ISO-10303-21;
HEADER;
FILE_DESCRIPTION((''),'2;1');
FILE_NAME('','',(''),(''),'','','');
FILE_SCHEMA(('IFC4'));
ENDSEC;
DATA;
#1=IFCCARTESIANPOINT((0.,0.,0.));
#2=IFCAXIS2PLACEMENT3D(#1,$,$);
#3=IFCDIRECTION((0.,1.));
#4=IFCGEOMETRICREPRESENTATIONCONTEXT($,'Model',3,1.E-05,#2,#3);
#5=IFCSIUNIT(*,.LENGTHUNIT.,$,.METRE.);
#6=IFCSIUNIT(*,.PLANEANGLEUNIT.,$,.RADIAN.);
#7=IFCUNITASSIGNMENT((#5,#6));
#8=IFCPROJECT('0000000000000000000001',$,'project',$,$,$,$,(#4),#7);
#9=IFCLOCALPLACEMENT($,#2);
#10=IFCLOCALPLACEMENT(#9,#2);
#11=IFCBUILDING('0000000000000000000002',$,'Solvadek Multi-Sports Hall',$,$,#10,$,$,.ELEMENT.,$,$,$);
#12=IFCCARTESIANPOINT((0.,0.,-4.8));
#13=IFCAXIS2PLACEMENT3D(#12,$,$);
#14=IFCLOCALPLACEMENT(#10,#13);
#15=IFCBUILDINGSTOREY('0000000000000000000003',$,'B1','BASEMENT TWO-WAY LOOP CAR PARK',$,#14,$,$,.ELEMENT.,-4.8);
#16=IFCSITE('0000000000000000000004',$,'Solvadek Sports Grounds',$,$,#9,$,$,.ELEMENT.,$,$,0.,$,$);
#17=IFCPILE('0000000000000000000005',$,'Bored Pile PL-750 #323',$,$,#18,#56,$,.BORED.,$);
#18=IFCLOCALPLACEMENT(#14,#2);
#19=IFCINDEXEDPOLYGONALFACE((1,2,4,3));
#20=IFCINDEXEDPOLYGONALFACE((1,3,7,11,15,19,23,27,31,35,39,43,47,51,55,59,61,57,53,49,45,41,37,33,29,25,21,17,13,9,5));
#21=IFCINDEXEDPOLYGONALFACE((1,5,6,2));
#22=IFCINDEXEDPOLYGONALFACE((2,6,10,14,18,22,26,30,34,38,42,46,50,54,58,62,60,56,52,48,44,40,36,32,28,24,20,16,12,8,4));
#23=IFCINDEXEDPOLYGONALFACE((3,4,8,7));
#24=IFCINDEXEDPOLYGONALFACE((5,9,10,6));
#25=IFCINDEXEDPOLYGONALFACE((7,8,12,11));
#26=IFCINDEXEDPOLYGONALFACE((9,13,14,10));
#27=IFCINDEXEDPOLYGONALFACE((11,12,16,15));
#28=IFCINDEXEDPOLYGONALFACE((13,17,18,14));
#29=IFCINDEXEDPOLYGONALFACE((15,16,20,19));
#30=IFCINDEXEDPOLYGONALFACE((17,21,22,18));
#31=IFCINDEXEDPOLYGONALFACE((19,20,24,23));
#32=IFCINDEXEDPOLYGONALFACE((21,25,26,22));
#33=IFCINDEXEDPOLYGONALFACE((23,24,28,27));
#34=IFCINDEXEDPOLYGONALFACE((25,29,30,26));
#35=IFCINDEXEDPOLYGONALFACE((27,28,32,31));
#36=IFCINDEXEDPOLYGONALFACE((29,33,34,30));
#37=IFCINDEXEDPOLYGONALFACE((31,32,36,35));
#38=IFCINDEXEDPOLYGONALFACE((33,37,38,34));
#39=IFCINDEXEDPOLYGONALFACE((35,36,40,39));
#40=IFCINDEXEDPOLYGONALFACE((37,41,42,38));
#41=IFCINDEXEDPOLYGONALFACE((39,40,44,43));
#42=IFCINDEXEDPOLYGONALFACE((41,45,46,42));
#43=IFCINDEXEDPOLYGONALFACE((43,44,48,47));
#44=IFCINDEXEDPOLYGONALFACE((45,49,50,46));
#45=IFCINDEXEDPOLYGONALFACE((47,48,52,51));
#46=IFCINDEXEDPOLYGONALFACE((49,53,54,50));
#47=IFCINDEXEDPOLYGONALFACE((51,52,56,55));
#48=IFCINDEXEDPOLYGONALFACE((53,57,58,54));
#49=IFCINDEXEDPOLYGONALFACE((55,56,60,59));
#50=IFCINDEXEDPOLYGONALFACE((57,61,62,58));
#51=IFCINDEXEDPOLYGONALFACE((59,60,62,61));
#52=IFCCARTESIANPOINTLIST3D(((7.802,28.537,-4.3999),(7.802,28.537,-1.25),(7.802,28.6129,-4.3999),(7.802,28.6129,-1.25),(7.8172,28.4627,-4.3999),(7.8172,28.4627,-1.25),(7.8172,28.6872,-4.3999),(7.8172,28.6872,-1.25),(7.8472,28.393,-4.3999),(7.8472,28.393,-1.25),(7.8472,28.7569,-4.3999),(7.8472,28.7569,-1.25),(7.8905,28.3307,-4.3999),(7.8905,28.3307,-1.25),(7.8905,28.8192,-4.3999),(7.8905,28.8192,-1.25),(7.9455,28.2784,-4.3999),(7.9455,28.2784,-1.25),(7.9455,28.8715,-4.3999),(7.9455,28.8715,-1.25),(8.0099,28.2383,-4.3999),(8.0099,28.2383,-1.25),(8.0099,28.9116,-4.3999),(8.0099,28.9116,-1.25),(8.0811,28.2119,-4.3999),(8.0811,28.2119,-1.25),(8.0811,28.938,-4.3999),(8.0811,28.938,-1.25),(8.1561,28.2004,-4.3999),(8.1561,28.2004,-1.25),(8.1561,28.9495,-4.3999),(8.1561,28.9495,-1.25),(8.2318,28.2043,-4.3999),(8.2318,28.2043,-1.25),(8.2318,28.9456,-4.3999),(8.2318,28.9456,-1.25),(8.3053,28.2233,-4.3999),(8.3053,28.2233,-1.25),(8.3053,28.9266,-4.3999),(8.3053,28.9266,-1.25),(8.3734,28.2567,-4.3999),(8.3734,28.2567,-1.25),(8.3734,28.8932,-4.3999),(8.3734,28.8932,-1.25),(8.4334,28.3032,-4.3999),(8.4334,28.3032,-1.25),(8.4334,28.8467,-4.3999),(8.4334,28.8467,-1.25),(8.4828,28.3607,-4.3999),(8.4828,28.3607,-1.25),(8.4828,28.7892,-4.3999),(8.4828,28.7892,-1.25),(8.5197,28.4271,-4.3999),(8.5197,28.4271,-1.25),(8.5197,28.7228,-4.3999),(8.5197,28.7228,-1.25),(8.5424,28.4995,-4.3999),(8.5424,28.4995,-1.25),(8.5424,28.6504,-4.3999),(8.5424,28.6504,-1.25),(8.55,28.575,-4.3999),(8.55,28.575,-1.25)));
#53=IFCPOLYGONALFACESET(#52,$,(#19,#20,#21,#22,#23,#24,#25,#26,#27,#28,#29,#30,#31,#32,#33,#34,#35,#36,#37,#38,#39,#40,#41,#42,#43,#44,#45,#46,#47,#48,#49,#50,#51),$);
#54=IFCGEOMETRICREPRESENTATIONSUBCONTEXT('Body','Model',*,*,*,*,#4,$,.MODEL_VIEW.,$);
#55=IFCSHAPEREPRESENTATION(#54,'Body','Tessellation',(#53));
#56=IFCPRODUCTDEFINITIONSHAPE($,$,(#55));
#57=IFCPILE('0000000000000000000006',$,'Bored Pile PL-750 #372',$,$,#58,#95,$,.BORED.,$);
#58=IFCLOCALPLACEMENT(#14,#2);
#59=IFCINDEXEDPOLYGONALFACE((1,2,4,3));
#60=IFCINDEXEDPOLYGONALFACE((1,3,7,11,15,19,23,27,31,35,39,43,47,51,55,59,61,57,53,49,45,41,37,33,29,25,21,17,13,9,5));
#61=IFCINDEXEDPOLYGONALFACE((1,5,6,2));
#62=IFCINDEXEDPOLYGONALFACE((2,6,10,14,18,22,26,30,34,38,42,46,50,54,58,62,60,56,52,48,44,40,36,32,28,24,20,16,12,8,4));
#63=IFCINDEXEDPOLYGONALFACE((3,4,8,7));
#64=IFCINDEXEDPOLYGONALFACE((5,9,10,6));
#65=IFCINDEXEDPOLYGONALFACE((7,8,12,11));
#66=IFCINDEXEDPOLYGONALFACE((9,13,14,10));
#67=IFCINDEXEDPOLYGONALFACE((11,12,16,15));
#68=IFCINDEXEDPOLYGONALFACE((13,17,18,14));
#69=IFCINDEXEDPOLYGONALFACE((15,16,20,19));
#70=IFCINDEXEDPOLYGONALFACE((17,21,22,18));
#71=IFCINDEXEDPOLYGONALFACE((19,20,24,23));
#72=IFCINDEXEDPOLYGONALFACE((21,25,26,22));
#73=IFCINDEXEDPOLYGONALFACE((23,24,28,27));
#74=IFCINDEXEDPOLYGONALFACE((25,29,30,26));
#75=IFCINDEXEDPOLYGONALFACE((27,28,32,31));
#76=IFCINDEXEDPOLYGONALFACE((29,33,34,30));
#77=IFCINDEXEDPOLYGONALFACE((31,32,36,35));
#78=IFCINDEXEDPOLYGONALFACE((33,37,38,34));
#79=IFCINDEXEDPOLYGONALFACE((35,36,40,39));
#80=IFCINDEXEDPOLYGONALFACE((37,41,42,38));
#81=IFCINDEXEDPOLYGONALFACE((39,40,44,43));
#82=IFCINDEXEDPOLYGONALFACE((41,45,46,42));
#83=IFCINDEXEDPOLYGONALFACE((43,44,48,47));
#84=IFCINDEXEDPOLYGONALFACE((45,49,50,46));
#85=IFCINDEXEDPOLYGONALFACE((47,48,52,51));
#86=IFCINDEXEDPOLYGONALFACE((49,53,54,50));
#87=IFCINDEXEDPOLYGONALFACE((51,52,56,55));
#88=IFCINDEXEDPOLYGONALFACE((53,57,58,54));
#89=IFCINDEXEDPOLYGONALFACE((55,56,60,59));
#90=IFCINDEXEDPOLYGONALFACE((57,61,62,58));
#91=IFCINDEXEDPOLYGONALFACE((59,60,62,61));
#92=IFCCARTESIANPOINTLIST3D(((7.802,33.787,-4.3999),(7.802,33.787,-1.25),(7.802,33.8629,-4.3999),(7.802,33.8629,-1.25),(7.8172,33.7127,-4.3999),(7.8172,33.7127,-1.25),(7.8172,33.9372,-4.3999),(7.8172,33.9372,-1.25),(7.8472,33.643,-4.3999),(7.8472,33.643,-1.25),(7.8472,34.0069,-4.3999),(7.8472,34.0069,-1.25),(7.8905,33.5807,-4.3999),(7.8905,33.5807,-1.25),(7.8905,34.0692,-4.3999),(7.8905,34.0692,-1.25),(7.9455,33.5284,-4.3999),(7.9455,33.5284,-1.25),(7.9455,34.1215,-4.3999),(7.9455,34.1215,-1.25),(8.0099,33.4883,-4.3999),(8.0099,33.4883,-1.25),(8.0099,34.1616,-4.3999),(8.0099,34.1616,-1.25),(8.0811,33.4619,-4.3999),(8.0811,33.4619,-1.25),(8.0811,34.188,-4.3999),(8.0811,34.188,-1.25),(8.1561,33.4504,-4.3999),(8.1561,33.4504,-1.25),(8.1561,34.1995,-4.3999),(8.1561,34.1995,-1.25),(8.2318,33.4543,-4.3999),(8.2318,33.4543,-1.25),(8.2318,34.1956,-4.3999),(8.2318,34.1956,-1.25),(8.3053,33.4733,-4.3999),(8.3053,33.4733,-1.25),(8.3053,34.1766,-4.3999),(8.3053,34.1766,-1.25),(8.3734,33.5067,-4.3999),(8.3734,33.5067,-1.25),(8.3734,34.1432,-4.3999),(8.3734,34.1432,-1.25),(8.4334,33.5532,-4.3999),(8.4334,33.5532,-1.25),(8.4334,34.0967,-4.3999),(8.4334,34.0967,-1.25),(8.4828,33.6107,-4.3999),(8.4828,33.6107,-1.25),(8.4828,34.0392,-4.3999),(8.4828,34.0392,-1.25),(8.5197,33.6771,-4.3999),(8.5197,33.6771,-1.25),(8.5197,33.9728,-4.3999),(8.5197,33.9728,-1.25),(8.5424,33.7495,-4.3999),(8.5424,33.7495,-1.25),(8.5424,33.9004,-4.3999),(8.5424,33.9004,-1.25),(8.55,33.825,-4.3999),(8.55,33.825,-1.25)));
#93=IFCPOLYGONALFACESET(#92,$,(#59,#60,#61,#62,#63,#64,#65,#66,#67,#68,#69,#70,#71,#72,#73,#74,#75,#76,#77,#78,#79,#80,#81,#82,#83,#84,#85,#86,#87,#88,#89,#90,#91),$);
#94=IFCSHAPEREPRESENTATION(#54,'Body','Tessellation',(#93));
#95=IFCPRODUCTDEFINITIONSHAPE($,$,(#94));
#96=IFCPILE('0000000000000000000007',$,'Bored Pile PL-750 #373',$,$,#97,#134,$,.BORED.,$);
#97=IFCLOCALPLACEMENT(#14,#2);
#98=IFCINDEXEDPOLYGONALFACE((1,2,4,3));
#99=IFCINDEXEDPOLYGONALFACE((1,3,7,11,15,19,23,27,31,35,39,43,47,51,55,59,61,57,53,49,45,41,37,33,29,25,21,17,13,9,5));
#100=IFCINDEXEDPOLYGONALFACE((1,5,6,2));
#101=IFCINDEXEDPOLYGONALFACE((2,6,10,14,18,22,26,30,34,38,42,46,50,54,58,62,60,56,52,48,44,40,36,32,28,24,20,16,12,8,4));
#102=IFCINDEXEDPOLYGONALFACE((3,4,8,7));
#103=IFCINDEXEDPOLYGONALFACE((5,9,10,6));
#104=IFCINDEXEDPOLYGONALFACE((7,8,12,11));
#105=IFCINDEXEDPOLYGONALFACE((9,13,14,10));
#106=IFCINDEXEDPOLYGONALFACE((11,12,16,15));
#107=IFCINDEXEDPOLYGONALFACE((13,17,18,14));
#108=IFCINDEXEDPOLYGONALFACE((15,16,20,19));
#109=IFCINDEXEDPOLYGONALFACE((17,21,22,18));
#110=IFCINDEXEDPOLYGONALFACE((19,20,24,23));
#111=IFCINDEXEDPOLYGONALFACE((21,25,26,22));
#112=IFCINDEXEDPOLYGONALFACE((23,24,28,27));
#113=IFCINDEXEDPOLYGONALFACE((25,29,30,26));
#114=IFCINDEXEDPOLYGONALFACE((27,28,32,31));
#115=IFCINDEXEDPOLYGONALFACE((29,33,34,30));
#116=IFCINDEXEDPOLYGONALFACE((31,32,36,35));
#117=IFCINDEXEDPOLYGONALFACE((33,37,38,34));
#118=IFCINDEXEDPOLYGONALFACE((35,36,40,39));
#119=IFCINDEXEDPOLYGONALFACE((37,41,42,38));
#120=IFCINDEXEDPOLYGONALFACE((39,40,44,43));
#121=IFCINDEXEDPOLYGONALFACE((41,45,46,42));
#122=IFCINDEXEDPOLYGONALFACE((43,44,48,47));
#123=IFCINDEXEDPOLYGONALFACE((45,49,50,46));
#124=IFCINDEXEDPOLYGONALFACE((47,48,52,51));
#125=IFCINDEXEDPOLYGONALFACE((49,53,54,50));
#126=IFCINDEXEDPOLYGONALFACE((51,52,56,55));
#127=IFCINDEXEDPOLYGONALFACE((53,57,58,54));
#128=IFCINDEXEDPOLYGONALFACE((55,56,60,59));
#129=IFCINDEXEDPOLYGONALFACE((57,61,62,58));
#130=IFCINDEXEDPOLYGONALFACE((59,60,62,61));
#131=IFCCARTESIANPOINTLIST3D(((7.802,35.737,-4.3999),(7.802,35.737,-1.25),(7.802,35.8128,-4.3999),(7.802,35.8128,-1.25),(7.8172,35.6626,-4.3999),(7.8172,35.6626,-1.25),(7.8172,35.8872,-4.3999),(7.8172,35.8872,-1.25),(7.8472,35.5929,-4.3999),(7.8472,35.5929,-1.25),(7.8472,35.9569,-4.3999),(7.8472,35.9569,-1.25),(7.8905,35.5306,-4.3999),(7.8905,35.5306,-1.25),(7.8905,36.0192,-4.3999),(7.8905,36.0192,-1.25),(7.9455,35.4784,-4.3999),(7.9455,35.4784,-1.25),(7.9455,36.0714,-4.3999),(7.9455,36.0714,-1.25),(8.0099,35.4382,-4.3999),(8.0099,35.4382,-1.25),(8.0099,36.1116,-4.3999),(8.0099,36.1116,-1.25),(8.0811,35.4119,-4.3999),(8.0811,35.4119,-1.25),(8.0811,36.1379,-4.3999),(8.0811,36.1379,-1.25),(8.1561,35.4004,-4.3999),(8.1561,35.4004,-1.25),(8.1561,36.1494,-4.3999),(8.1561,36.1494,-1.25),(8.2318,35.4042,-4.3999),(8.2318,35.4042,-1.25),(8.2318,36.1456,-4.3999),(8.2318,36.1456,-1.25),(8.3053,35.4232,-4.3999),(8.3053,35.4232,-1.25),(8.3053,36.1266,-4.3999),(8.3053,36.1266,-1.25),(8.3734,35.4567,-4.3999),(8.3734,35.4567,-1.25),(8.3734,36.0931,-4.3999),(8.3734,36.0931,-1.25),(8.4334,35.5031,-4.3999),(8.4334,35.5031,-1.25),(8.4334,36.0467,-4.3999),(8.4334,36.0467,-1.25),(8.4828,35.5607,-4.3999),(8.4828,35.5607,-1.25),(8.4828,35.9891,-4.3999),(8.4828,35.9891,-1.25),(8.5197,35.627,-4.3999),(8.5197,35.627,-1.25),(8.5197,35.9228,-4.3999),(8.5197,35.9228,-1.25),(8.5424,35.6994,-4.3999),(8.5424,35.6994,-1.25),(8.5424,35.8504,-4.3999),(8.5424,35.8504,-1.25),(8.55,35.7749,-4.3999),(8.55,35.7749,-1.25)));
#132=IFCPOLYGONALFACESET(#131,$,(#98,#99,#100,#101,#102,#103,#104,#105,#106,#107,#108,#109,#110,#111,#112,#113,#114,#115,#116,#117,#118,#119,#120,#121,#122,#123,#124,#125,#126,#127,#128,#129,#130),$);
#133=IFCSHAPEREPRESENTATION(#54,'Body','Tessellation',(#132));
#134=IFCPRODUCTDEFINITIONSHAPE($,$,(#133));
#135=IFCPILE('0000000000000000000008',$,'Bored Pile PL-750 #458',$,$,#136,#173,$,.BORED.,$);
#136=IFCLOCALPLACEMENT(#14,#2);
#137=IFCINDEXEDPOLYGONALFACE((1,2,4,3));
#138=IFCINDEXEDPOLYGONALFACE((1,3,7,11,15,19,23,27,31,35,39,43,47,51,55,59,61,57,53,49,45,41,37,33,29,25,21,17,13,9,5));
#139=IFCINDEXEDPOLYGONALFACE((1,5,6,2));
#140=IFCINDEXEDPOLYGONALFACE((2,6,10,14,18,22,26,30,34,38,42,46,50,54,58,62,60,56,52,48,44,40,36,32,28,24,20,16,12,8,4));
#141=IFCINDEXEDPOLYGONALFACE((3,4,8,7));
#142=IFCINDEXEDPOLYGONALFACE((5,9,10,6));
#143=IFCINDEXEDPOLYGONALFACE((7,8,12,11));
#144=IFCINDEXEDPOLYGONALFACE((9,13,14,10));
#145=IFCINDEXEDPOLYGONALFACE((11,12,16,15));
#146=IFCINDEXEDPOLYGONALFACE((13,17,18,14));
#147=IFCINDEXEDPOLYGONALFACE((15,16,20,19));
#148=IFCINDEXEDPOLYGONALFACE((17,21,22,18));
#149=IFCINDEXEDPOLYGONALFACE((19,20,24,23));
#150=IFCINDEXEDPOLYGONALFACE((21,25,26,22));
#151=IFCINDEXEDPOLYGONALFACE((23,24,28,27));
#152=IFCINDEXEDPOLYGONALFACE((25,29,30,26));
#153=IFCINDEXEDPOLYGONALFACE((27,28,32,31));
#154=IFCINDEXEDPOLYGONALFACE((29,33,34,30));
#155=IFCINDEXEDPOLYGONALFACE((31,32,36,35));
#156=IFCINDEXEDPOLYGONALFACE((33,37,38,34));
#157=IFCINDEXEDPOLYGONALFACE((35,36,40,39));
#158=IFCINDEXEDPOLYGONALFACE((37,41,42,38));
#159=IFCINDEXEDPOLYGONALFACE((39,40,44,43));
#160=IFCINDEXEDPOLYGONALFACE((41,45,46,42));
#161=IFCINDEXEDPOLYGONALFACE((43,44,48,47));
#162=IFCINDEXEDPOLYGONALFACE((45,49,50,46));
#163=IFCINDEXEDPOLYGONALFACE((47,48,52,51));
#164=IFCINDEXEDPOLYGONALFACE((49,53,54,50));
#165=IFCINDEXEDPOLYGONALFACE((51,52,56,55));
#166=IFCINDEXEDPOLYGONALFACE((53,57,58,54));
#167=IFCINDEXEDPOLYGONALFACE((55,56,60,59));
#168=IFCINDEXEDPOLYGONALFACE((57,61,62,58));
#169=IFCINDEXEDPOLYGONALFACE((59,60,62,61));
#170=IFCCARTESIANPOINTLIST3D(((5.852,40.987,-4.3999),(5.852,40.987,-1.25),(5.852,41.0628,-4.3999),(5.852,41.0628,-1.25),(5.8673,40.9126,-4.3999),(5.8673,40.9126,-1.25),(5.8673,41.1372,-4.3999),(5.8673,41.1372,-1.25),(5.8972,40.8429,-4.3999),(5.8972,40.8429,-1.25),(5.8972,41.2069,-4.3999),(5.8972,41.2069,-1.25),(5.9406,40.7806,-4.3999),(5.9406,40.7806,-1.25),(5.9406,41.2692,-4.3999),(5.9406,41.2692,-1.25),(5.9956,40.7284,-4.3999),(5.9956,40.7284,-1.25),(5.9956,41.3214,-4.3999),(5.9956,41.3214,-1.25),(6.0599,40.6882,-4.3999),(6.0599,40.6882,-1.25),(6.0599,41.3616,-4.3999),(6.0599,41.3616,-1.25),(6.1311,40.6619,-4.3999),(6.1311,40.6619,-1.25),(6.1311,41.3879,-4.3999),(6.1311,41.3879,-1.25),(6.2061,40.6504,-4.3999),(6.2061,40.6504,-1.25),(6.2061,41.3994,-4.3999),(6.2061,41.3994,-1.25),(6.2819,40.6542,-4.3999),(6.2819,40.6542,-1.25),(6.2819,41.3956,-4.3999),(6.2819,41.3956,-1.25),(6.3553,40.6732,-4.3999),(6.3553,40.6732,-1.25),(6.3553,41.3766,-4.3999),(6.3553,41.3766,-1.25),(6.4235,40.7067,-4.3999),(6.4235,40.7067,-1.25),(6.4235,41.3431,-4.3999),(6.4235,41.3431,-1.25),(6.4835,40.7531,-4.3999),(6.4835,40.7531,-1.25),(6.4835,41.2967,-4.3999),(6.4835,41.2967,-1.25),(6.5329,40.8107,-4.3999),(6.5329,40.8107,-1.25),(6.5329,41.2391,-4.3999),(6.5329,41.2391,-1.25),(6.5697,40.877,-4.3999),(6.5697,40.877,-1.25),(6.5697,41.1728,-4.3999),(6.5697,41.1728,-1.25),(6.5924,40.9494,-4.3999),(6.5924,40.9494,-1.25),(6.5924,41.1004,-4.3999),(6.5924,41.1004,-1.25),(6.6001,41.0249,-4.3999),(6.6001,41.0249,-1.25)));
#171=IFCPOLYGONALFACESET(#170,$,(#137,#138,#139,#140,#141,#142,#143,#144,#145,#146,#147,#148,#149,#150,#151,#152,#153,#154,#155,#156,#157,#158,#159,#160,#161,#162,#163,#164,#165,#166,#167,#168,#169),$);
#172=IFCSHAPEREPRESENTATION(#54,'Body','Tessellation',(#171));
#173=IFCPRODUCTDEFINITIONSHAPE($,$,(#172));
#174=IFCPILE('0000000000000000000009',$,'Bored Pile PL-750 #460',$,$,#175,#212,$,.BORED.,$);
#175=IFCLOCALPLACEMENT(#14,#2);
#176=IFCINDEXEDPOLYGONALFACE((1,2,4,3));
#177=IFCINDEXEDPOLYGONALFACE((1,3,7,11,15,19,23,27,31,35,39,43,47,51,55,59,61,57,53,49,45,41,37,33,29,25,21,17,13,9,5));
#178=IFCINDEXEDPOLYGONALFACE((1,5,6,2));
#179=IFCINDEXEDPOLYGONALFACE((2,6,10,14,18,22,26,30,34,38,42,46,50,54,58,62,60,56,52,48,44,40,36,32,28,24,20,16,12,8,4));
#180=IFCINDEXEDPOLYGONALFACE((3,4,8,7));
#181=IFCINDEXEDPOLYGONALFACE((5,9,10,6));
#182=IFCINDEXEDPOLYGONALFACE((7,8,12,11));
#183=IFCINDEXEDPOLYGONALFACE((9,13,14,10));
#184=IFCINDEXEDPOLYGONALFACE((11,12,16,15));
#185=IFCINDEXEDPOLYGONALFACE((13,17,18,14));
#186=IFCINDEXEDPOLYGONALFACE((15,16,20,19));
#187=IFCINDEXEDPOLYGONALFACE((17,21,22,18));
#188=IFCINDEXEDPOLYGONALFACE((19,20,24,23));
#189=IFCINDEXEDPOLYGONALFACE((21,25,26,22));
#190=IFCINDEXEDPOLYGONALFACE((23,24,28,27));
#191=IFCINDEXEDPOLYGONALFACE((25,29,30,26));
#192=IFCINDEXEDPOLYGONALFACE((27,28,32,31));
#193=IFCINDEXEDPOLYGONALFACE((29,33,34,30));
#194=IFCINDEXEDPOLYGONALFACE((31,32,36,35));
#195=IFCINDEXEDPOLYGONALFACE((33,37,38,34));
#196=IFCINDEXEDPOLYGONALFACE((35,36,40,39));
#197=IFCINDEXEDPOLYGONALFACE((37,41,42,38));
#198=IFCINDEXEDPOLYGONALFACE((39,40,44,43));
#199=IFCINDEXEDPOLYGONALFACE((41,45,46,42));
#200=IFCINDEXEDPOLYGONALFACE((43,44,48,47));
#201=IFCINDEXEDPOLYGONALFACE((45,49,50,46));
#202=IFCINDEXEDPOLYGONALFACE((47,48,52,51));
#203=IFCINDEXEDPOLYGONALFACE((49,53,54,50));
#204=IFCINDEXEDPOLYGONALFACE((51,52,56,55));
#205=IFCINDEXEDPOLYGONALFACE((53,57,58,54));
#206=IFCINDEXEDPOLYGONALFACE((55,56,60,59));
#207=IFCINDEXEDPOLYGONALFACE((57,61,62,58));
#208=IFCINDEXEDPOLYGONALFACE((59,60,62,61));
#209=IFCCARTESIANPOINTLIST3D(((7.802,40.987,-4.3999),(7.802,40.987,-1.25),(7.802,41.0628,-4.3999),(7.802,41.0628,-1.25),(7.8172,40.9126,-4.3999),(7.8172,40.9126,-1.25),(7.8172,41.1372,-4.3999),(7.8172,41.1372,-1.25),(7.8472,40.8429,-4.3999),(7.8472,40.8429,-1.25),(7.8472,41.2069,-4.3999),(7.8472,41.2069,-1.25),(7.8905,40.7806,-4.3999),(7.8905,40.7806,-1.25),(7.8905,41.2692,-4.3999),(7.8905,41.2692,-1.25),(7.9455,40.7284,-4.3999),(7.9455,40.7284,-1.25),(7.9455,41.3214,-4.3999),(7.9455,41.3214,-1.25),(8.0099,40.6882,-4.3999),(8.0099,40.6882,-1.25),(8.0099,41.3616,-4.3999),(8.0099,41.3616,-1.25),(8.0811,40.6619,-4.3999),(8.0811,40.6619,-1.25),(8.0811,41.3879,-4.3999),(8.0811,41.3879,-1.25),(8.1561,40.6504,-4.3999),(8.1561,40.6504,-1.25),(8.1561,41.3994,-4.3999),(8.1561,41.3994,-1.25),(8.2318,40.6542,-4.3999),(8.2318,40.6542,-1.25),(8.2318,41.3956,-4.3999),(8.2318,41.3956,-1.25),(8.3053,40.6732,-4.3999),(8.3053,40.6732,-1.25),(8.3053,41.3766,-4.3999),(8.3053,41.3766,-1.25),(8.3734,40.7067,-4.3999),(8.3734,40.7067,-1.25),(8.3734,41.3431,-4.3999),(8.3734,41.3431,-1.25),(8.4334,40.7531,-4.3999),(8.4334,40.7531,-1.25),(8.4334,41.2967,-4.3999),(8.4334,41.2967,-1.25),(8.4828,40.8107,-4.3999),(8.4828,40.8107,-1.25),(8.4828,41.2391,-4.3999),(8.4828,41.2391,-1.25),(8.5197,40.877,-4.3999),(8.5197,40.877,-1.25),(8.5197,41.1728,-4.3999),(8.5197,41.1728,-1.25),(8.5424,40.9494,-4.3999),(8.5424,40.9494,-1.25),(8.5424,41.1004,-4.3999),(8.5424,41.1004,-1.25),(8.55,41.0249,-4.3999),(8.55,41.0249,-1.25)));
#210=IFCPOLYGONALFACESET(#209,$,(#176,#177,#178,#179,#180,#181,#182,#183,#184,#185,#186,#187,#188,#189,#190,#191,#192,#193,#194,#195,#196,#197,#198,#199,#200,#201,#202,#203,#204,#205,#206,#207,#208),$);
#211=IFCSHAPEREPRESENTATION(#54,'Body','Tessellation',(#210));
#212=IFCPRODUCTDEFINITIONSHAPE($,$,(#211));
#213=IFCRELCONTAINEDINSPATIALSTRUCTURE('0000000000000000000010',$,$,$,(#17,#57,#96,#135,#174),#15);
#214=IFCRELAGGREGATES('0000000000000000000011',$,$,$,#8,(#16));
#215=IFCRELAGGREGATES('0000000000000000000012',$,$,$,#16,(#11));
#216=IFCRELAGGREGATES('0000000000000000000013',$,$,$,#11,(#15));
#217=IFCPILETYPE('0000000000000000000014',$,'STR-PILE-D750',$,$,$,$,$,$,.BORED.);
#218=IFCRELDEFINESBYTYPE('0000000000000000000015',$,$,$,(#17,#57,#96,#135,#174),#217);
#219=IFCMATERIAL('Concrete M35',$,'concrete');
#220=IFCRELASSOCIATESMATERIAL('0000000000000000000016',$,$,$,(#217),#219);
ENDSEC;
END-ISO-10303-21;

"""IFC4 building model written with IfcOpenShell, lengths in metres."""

from ifc_helpers import new_model, si_unit, direction, frame, origin, origin_2d, place, context, subcontext, project, spatial, circle, extrude, material, material_profile, profile_set, type_object, element, save


model = new_model("IFC4")

# Units and contexts
model_context = context("Model", 3, precision=1e-05, world=origin(), true_north=direction((0.0, 1.0)))
body_context = subcontext(model_context, "Body", "Model", "MODEL_VIEW")
ifc_project = project(units=[si_unit("LENGTHUNIT", "METRE"), si_unit("PLANEANGLEUNIT", "RADIAN")], contexts=[model_context])

# Site, building, storey
site_placement = place(None, origin())
site = spatial("IfcSite", under=ifc_project, at=site_placement, Name="Solvadek Sports Grounds", CompositionType="ELEMENT", RefElevation=0.0)
building_placement = place(site_placement, origin())
building = spatial("IfcBuilding", under=site, at=building_placement, Name="Solvadek Multi-Sports Hall", CompositionType="ELEMENT")
storey_placement = place(building_placement, frame((0.0, 0.0, -4.8)))
storey = spatial("IfcBuildingStorey", under=building, at=storey_placement, Name="B1", Description="BASEMENT TWO-WAY LOOP CAR PARK", CompositionType="ELEMENT", Elevation=-4.8)

# Piles
ifc_material_1 = material(Name="Concrete M35", Category="concrete")
ifc_material_profile_1 = material_profile(ifc_material_1, circle(Radius=0.375, at=origin_2d()), Name="BORED PILE D750")
ifc_profile_set_1 = profile_set([ifc_material_profile_1], Name="Concrete M35")
pile_type_1 = type_object("IfcPileType", Name="STR-PILE-D750", PredefinedType="BORED", material=ifc_profile_set_1)
for number, where, z_axis, x_axis, name in (
    (1, (8.175, 28.575, -1.25), (0.0, 0.0, -1.0), (1.0, 0.0, 0.0), "Bored Pile PL-750 #323"),
    (2, (8.175, 33.825, -1.25), (0.0, 0.0, -1.0), (1.0, 0.0, 0.0), "Bored Pile PL-750 #372"),
    (3, (8.175, 35.7749, -1.25), (0.0, 0.0, -1.0), (1.0, 0.0, 0.0), "Bored Pile PL-750 #373"),
    (4, (6.2251, 41.0249, -1.25), (0.0, 0.0, -1.0), (1.0, 0.0, 0.0), "Bored Pile PL-750 #458"),
    (5, (8.175, 41.0249, -1.25), (0.0, 0.0, -1.0), (1.0, 0.0, 0.0), "Bored Pile PL-750 #460"),
):
    element("IfcPile", number, at=place(storey_placement, frame(where, z_axis=z_axis, x_axis=x_axis)), inside=storey, type_object=pile_type_1, Name=name, PredefinedType="BORED", context=body_context, shape_type="SweptSolid", body=[
        extrude(circle(Radius=0.375, at=origin_2d()), origin(), (0.0, 0.0, 1.0), 3.1499),
    ])

save(model, "model.ifc")
